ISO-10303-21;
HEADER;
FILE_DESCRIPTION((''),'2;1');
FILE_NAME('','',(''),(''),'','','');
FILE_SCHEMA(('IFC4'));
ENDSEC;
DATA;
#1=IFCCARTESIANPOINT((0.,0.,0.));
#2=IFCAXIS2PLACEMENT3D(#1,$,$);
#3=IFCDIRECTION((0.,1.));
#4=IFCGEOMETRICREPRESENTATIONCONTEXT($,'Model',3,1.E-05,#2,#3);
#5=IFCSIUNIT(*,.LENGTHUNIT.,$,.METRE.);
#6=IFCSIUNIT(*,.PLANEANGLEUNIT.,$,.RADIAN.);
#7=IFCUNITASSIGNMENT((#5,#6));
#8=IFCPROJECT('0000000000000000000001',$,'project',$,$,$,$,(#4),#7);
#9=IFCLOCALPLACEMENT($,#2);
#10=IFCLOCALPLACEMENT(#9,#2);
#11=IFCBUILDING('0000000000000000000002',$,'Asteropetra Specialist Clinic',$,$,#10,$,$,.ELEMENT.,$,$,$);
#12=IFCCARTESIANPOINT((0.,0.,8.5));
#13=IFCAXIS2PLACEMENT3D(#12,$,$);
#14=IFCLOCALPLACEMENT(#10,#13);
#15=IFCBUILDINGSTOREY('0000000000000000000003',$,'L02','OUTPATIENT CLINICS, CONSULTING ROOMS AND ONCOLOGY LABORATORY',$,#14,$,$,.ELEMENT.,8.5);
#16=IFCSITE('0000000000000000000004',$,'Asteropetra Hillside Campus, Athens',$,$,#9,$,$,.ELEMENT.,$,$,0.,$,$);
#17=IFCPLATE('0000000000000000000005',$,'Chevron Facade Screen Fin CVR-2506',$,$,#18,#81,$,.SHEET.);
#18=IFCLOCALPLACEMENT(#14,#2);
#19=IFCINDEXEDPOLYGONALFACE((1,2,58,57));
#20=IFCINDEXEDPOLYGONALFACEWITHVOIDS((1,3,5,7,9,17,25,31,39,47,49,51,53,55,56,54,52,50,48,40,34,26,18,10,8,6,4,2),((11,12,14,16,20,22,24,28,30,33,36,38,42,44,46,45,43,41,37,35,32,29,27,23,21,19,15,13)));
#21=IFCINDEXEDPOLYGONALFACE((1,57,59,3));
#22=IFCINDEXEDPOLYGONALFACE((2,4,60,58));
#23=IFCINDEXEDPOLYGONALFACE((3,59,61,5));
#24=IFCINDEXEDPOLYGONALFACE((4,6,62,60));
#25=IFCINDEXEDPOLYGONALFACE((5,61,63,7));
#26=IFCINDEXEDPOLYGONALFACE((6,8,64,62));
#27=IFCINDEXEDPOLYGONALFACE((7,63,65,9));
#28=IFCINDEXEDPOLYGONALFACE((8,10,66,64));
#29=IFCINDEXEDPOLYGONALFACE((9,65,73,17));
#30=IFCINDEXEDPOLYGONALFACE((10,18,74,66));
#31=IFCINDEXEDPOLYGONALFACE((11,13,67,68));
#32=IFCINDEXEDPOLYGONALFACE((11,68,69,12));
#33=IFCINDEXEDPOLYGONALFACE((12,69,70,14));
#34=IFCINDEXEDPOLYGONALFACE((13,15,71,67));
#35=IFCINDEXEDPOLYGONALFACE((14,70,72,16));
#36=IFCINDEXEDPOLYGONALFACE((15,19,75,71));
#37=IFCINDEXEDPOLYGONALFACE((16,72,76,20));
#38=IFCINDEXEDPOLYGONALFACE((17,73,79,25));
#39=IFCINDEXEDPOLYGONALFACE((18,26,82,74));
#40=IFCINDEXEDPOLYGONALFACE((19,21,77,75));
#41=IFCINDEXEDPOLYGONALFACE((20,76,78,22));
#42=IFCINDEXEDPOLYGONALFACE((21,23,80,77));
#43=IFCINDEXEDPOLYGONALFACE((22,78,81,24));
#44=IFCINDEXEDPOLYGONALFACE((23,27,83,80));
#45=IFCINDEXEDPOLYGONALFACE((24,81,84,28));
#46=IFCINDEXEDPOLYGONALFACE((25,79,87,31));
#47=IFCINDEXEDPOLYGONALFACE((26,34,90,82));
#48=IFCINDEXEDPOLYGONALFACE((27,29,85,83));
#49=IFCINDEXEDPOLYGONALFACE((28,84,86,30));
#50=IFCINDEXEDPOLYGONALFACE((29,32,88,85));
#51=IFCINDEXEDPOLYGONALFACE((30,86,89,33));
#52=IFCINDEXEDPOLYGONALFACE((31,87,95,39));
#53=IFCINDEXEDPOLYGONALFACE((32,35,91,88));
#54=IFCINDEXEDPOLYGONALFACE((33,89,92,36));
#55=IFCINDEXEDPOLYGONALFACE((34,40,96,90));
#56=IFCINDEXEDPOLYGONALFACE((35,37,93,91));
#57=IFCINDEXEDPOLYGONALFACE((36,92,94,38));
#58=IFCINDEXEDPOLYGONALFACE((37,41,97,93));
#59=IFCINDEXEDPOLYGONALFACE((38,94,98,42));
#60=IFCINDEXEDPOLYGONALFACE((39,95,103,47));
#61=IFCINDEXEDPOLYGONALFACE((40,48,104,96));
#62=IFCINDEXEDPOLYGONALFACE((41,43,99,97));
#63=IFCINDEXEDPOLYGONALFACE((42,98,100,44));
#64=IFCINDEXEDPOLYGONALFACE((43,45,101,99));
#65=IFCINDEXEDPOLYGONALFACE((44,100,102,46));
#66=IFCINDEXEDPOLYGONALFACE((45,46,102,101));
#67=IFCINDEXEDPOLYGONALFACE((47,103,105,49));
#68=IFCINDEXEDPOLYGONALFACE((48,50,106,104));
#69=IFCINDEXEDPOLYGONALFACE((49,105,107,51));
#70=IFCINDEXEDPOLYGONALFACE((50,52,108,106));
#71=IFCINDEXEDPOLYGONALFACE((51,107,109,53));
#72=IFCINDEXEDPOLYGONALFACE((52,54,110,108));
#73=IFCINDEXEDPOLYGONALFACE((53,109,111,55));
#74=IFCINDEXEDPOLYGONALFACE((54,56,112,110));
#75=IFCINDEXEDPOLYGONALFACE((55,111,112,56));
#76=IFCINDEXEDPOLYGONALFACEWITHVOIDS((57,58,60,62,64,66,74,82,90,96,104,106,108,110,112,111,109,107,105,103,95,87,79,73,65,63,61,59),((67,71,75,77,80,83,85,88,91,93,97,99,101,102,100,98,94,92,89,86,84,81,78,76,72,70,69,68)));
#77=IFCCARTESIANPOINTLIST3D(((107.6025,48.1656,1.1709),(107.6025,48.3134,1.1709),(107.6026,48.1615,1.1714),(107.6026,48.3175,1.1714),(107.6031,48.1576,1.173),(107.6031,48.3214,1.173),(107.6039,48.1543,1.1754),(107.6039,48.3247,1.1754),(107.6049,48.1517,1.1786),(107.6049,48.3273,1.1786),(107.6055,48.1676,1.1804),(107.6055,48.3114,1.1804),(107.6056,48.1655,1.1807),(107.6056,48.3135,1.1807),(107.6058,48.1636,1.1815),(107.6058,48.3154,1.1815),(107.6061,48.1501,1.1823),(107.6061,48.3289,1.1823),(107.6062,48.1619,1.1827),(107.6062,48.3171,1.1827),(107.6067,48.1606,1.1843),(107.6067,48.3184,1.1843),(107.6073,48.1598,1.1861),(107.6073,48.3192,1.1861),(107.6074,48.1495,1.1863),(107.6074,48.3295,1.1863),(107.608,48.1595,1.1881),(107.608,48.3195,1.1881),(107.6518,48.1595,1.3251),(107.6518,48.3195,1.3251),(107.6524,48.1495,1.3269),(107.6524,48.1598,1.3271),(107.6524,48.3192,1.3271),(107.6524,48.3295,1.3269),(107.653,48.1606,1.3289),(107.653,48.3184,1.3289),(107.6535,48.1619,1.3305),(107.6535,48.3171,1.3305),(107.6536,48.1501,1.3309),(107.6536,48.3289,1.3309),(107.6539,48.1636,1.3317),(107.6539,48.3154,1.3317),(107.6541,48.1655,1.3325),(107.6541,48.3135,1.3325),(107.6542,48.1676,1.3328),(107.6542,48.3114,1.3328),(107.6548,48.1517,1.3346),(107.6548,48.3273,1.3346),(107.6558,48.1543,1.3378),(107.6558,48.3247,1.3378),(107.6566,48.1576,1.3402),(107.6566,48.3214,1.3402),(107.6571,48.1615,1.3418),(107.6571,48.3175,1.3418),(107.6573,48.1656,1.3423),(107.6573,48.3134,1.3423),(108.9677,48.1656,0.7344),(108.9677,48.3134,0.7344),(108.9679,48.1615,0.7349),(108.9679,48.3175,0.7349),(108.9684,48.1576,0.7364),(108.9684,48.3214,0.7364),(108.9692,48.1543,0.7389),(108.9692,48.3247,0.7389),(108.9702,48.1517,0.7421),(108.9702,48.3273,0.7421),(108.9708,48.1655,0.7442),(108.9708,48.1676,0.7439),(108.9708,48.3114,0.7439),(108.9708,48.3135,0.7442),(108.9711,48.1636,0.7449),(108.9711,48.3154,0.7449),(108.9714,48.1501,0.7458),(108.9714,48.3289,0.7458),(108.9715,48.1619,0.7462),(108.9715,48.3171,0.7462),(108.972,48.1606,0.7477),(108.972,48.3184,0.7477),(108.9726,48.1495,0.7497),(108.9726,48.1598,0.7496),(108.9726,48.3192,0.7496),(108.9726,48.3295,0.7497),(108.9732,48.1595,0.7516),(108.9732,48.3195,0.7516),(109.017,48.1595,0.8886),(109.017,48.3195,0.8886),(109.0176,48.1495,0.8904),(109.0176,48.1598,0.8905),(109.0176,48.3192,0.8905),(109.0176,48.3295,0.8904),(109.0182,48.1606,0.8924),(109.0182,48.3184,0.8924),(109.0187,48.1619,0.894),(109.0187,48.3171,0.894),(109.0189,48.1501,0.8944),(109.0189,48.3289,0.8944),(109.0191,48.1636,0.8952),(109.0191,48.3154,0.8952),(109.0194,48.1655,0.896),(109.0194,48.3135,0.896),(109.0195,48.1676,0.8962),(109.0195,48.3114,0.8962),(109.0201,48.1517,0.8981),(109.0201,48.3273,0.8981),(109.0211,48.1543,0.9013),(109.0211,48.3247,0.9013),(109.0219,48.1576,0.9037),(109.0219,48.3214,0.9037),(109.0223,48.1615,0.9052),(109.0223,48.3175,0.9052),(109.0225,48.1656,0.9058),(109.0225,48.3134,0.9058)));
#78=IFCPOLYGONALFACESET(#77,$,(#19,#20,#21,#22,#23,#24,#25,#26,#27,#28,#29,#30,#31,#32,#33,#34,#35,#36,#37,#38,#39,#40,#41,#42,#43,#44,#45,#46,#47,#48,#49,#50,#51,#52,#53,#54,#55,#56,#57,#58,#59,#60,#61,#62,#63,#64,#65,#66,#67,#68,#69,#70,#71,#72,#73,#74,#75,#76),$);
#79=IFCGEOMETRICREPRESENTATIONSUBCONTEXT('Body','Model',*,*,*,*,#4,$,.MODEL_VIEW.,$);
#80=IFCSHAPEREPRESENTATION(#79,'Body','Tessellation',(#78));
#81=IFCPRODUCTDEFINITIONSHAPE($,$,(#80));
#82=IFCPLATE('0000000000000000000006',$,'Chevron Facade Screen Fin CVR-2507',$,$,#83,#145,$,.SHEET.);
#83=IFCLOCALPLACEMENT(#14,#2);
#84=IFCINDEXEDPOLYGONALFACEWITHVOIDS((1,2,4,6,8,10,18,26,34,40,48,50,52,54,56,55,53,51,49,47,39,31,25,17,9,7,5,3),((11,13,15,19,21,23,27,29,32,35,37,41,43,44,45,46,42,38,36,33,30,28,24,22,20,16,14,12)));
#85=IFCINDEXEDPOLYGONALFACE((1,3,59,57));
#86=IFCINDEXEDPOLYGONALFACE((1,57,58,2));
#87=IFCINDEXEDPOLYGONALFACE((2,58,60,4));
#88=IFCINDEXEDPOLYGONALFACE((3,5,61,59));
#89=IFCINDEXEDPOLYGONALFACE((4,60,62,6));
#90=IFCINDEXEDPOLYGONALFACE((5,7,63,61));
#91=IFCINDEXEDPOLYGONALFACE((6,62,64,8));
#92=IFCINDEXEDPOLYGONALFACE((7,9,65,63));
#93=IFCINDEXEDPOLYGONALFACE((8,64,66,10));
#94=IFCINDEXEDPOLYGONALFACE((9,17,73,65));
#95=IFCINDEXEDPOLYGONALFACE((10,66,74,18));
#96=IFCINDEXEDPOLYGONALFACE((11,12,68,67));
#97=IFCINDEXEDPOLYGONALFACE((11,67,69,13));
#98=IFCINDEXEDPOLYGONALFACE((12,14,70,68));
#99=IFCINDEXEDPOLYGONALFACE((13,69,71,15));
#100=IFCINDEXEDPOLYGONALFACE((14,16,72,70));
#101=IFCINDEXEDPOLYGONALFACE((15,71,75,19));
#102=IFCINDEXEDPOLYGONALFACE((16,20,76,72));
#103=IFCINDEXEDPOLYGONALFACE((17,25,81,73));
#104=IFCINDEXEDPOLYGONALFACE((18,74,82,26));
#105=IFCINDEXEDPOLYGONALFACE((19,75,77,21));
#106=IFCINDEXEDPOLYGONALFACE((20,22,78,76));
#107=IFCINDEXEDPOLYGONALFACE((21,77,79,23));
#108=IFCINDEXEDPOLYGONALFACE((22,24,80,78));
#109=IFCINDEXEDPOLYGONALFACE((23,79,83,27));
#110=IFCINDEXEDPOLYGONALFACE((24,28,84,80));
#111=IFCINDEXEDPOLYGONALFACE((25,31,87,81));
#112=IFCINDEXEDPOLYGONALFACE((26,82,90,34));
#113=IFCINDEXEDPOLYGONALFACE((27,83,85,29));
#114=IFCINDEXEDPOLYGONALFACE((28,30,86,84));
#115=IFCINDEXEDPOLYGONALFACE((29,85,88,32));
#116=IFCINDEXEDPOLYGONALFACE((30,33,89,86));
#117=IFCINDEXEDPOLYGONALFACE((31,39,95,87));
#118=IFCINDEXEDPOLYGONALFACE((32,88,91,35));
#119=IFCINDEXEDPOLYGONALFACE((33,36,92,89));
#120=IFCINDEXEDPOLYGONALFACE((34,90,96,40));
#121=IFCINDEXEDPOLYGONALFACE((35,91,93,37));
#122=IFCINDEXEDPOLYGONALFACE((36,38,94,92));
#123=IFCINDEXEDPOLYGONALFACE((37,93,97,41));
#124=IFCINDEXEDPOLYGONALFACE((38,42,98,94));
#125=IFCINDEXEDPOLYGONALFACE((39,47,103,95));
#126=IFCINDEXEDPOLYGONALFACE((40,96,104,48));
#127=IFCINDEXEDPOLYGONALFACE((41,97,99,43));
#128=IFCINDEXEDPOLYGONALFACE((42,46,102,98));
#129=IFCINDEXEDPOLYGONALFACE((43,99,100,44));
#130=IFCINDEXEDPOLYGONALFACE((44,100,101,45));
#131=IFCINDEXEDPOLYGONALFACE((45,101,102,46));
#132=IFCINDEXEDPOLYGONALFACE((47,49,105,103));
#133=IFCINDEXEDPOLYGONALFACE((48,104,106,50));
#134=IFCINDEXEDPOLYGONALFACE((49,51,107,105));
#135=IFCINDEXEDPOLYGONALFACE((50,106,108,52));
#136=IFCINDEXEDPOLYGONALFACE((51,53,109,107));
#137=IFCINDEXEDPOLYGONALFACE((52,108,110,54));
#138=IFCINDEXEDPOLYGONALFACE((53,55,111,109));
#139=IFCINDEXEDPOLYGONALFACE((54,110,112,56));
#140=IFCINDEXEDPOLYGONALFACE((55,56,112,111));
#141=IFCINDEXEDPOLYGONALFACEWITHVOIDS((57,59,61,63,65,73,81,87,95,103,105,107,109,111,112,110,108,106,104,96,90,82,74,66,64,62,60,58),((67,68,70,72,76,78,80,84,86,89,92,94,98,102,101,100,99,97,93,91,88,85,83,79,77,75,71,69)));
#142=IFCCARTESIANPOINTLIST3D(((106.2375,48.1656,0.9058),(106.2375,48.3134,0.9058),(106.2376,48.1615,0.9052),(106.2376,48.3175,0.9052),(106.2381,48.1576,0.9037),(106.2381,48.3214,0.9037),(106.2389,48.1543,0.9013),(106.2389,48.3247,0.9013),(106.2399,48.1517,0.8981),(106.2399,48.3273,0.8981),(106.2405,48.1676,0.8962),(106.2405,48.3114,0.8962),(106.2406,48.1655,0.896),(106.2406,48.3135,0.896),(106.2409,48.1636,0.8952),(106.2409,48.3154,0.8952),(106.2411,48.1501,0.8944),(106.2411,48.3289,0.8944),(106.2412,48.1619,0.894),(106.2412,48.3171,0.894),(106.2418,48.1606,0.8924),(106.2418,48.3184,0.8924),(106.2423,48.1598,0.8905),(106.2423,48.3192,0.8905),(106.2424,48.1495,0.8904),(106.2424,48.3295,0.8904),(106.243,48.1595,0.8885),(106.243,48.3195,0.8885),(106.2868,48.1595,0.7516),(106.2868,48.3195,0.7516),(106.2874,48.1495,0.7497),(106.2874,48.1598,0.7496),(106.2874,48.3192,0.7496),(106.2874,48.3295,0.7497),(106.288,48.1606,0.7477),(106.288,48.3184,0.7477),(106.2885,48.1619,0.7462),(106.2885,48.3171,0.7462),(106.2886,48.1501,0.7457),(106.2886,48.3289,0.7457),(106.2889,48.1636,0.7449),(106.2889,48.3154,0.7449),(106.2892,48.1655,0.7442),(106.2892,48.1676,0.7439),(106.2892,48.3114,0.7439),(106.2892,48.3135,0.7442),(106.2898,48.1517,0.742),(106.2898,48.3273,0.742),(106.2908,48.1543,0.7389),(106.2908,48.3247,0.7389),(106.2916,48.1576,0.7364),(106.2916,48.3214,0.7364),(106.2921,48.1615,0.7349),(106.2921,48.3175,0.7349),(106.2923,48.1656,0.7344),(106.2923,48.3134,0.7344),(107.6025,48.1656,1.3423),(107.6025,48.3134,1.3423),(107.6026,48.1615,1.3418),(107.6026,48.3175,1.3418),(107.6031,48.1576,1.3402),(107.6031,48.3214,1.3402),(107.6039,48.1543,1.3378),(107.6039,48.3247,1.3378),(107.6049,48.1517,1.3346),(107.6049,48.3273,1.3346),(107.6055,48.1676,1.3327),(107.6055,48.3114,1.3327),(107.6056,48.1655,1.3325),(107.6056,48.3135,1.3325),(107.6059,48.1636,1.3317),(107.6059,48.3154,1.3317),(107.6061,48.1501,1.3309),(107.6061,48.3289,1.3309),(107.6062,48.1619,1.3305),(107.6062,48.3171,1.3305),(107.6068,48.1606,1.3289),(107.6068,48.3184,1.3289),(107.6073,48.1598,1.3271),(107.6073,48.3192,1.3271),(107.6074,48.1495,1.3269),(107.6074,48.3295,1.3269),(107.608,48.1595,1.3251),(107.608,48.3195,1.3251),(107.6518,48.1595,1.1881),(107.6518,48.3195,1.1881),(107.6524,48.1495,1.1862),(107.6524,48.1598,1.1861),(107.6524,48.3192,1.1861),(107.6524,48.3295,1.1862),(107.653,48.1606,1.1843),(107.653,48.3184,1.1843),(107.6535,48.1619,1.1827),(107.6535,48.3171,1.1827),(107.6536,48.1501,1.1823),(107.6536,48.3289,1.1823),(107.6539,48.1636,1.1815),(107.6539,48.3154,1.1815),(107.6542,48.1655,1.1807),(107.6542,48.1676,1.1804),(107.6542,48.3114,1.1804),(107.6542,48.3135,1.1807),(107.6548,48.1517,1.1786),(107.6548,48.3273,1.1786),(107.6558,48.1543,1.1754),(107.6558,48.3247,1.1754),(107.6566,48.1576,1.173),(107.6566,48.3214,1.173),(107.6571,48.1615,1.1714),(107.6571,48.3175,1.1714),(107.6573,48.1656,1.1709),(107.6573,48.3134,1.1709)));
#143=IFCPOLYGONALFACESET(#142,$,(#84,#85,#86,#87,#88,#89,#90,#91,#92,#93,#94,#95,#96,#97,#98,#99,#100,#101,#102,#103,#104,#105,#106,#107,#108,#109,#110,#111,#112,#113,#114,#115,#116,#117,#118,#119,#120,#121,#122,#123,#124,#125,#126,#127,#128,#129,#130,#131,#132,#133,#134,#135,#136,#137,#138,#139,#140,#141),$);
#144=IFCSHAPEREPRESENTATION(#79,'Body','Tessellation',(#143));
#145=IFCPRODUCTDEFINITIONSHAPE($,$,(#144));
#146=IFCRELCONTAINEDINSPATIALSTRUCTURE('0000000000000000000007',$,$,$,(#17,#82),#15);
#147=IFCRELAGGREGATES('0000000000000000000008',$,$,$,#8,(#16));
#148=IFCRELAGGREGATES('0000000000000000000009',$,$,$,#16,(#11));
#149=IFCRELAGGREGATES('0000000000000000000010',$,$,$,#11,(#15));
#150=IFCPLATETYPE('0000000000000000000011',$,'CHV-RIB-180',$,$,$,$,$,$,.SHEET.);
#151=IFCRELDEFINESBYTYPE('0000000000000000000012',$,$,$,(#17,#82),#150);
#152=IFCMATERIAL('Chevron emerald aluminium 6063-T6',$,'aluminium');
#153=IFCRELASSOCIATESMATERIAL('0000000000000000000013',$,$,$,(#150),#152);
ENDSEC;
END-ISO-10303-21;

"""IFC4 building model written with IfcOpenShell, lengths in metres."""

from ifc_helpers import new_model, si_unit, direction, frame, origin, origin_2d, place, context, subcontext, project, spatial, hollow_rectangle, extrude, material, material_profile, profile_set, type_object, element, save


model = new_model("IFC4")

# Units and contexts
model_context = context("Model", 3, precision=1e-05, world=origin(), true_north=direction((0.0, 1.0)))
body_context = subcontext(model_context, "Body", "Model", "MODEL_VIEW")
ifc_project = project(units=[si_unit("LENGTHUNIT", "METRE"), si_unit("PLANEANGLEUNIT", "RADIAN")], contexts=[model_context])

# Site, building, storey
site_placement = place(None, origin())
site = spatial("IfcSite", under=ifc_project, at=site_placement, Name="Asteropetra Hillside Campus, Athens", CompositionType="ELEMENT", RefElevation=0.0)
building_placement = place(site_placement, origin())
building = spatial("IfcBuilding", under=site, at=building_placement, Name="Asteropetra Specialist Clinic", CompositionType="ELEMENT")
storey_placement = place(building_placement, frame((0.0, 0.0, 8.5)))
storey = spatial("IfcBuildingStorey", under=building, at=storey_placement, Name="L02", Description="OUTPATIENT CLINICS, CONSULTING ROOMS AND ONCOLOGY LABORATORY", CompositionType="ELEMENT", Elevation=8.5)

# Plates
ifc_material_1 = material(Name="Chevron emerald aluminium 6063-T6", Category="aluminium")
ifc_material_profile_1 = material_profile(ifc_material_1, hollow_rectangle(XDim=0.1799, YDim=0.1799, WallThickness=0.01, InnerFilletRadius=0.0081, OuterFilletRadius=0.0161, at=origin_2d()), Name="SHS 180x180x10.0")
ifc_profile_set_1 = profile_set([ifc_material_profile_1], Name="Chevron emerald aluminium 6063-T6")
plate_type = type_object("IfcPlateType", Name="CHV-RIB-180", PredefinedType="SHEET", material=ifc_profile_set_1)
plate_1_placement = place(storey_placement, frame((108.9951, 48.2395, 0.8201), z_axis=(-0.952495, 0.0, 0.304553), x_axis=(0.0, -1.0, 0.0)))
element("IfcPlate", 1, at=plate_1_placement, inside=storey, type_object=plate_type, Name="Chevron Facade Screen Fin CVR-2506", PredefinedType="SHEET", context=body_context, shape_type="SweptSolid", body=[
    extrude(hollow_rectangle(XDim=0.1799, YDim=0.1799, WallThickness=0.01, InnerFilletRadius=0.0081, OuterFilletRadius=0.0161, at=origin_2d()), origin(), (0.0, 0.0, 1.0), 1.4333),
])
plate_2_placement = place(storey_placement, frame((107.6299, 48.2395, 1.2566), z_axis=(-0.95248, 0.0, -0.304603), x_axis=(0.0, -1.0, 0.0)))
element("IfcPlate", 2, at=plate_2_placement, inside=storey, type_object=plate_type, Name="Chevron Facade Screen Fin CVR-2507", PredefinedType="SHEET", context=body_context, shape_type="SweptSolid", body=[
    extrude(hollow_rectangle(XDim=0.1799, YDim=0.1799, WallThickness=0.01, InnerFilletRadius=0.0081, OuterFilletRadius=0.0161, at=origin_2d()), origin(), (0.0, 0.0, 1.0), 1.4331),
])

save(model, "model.ifc")
